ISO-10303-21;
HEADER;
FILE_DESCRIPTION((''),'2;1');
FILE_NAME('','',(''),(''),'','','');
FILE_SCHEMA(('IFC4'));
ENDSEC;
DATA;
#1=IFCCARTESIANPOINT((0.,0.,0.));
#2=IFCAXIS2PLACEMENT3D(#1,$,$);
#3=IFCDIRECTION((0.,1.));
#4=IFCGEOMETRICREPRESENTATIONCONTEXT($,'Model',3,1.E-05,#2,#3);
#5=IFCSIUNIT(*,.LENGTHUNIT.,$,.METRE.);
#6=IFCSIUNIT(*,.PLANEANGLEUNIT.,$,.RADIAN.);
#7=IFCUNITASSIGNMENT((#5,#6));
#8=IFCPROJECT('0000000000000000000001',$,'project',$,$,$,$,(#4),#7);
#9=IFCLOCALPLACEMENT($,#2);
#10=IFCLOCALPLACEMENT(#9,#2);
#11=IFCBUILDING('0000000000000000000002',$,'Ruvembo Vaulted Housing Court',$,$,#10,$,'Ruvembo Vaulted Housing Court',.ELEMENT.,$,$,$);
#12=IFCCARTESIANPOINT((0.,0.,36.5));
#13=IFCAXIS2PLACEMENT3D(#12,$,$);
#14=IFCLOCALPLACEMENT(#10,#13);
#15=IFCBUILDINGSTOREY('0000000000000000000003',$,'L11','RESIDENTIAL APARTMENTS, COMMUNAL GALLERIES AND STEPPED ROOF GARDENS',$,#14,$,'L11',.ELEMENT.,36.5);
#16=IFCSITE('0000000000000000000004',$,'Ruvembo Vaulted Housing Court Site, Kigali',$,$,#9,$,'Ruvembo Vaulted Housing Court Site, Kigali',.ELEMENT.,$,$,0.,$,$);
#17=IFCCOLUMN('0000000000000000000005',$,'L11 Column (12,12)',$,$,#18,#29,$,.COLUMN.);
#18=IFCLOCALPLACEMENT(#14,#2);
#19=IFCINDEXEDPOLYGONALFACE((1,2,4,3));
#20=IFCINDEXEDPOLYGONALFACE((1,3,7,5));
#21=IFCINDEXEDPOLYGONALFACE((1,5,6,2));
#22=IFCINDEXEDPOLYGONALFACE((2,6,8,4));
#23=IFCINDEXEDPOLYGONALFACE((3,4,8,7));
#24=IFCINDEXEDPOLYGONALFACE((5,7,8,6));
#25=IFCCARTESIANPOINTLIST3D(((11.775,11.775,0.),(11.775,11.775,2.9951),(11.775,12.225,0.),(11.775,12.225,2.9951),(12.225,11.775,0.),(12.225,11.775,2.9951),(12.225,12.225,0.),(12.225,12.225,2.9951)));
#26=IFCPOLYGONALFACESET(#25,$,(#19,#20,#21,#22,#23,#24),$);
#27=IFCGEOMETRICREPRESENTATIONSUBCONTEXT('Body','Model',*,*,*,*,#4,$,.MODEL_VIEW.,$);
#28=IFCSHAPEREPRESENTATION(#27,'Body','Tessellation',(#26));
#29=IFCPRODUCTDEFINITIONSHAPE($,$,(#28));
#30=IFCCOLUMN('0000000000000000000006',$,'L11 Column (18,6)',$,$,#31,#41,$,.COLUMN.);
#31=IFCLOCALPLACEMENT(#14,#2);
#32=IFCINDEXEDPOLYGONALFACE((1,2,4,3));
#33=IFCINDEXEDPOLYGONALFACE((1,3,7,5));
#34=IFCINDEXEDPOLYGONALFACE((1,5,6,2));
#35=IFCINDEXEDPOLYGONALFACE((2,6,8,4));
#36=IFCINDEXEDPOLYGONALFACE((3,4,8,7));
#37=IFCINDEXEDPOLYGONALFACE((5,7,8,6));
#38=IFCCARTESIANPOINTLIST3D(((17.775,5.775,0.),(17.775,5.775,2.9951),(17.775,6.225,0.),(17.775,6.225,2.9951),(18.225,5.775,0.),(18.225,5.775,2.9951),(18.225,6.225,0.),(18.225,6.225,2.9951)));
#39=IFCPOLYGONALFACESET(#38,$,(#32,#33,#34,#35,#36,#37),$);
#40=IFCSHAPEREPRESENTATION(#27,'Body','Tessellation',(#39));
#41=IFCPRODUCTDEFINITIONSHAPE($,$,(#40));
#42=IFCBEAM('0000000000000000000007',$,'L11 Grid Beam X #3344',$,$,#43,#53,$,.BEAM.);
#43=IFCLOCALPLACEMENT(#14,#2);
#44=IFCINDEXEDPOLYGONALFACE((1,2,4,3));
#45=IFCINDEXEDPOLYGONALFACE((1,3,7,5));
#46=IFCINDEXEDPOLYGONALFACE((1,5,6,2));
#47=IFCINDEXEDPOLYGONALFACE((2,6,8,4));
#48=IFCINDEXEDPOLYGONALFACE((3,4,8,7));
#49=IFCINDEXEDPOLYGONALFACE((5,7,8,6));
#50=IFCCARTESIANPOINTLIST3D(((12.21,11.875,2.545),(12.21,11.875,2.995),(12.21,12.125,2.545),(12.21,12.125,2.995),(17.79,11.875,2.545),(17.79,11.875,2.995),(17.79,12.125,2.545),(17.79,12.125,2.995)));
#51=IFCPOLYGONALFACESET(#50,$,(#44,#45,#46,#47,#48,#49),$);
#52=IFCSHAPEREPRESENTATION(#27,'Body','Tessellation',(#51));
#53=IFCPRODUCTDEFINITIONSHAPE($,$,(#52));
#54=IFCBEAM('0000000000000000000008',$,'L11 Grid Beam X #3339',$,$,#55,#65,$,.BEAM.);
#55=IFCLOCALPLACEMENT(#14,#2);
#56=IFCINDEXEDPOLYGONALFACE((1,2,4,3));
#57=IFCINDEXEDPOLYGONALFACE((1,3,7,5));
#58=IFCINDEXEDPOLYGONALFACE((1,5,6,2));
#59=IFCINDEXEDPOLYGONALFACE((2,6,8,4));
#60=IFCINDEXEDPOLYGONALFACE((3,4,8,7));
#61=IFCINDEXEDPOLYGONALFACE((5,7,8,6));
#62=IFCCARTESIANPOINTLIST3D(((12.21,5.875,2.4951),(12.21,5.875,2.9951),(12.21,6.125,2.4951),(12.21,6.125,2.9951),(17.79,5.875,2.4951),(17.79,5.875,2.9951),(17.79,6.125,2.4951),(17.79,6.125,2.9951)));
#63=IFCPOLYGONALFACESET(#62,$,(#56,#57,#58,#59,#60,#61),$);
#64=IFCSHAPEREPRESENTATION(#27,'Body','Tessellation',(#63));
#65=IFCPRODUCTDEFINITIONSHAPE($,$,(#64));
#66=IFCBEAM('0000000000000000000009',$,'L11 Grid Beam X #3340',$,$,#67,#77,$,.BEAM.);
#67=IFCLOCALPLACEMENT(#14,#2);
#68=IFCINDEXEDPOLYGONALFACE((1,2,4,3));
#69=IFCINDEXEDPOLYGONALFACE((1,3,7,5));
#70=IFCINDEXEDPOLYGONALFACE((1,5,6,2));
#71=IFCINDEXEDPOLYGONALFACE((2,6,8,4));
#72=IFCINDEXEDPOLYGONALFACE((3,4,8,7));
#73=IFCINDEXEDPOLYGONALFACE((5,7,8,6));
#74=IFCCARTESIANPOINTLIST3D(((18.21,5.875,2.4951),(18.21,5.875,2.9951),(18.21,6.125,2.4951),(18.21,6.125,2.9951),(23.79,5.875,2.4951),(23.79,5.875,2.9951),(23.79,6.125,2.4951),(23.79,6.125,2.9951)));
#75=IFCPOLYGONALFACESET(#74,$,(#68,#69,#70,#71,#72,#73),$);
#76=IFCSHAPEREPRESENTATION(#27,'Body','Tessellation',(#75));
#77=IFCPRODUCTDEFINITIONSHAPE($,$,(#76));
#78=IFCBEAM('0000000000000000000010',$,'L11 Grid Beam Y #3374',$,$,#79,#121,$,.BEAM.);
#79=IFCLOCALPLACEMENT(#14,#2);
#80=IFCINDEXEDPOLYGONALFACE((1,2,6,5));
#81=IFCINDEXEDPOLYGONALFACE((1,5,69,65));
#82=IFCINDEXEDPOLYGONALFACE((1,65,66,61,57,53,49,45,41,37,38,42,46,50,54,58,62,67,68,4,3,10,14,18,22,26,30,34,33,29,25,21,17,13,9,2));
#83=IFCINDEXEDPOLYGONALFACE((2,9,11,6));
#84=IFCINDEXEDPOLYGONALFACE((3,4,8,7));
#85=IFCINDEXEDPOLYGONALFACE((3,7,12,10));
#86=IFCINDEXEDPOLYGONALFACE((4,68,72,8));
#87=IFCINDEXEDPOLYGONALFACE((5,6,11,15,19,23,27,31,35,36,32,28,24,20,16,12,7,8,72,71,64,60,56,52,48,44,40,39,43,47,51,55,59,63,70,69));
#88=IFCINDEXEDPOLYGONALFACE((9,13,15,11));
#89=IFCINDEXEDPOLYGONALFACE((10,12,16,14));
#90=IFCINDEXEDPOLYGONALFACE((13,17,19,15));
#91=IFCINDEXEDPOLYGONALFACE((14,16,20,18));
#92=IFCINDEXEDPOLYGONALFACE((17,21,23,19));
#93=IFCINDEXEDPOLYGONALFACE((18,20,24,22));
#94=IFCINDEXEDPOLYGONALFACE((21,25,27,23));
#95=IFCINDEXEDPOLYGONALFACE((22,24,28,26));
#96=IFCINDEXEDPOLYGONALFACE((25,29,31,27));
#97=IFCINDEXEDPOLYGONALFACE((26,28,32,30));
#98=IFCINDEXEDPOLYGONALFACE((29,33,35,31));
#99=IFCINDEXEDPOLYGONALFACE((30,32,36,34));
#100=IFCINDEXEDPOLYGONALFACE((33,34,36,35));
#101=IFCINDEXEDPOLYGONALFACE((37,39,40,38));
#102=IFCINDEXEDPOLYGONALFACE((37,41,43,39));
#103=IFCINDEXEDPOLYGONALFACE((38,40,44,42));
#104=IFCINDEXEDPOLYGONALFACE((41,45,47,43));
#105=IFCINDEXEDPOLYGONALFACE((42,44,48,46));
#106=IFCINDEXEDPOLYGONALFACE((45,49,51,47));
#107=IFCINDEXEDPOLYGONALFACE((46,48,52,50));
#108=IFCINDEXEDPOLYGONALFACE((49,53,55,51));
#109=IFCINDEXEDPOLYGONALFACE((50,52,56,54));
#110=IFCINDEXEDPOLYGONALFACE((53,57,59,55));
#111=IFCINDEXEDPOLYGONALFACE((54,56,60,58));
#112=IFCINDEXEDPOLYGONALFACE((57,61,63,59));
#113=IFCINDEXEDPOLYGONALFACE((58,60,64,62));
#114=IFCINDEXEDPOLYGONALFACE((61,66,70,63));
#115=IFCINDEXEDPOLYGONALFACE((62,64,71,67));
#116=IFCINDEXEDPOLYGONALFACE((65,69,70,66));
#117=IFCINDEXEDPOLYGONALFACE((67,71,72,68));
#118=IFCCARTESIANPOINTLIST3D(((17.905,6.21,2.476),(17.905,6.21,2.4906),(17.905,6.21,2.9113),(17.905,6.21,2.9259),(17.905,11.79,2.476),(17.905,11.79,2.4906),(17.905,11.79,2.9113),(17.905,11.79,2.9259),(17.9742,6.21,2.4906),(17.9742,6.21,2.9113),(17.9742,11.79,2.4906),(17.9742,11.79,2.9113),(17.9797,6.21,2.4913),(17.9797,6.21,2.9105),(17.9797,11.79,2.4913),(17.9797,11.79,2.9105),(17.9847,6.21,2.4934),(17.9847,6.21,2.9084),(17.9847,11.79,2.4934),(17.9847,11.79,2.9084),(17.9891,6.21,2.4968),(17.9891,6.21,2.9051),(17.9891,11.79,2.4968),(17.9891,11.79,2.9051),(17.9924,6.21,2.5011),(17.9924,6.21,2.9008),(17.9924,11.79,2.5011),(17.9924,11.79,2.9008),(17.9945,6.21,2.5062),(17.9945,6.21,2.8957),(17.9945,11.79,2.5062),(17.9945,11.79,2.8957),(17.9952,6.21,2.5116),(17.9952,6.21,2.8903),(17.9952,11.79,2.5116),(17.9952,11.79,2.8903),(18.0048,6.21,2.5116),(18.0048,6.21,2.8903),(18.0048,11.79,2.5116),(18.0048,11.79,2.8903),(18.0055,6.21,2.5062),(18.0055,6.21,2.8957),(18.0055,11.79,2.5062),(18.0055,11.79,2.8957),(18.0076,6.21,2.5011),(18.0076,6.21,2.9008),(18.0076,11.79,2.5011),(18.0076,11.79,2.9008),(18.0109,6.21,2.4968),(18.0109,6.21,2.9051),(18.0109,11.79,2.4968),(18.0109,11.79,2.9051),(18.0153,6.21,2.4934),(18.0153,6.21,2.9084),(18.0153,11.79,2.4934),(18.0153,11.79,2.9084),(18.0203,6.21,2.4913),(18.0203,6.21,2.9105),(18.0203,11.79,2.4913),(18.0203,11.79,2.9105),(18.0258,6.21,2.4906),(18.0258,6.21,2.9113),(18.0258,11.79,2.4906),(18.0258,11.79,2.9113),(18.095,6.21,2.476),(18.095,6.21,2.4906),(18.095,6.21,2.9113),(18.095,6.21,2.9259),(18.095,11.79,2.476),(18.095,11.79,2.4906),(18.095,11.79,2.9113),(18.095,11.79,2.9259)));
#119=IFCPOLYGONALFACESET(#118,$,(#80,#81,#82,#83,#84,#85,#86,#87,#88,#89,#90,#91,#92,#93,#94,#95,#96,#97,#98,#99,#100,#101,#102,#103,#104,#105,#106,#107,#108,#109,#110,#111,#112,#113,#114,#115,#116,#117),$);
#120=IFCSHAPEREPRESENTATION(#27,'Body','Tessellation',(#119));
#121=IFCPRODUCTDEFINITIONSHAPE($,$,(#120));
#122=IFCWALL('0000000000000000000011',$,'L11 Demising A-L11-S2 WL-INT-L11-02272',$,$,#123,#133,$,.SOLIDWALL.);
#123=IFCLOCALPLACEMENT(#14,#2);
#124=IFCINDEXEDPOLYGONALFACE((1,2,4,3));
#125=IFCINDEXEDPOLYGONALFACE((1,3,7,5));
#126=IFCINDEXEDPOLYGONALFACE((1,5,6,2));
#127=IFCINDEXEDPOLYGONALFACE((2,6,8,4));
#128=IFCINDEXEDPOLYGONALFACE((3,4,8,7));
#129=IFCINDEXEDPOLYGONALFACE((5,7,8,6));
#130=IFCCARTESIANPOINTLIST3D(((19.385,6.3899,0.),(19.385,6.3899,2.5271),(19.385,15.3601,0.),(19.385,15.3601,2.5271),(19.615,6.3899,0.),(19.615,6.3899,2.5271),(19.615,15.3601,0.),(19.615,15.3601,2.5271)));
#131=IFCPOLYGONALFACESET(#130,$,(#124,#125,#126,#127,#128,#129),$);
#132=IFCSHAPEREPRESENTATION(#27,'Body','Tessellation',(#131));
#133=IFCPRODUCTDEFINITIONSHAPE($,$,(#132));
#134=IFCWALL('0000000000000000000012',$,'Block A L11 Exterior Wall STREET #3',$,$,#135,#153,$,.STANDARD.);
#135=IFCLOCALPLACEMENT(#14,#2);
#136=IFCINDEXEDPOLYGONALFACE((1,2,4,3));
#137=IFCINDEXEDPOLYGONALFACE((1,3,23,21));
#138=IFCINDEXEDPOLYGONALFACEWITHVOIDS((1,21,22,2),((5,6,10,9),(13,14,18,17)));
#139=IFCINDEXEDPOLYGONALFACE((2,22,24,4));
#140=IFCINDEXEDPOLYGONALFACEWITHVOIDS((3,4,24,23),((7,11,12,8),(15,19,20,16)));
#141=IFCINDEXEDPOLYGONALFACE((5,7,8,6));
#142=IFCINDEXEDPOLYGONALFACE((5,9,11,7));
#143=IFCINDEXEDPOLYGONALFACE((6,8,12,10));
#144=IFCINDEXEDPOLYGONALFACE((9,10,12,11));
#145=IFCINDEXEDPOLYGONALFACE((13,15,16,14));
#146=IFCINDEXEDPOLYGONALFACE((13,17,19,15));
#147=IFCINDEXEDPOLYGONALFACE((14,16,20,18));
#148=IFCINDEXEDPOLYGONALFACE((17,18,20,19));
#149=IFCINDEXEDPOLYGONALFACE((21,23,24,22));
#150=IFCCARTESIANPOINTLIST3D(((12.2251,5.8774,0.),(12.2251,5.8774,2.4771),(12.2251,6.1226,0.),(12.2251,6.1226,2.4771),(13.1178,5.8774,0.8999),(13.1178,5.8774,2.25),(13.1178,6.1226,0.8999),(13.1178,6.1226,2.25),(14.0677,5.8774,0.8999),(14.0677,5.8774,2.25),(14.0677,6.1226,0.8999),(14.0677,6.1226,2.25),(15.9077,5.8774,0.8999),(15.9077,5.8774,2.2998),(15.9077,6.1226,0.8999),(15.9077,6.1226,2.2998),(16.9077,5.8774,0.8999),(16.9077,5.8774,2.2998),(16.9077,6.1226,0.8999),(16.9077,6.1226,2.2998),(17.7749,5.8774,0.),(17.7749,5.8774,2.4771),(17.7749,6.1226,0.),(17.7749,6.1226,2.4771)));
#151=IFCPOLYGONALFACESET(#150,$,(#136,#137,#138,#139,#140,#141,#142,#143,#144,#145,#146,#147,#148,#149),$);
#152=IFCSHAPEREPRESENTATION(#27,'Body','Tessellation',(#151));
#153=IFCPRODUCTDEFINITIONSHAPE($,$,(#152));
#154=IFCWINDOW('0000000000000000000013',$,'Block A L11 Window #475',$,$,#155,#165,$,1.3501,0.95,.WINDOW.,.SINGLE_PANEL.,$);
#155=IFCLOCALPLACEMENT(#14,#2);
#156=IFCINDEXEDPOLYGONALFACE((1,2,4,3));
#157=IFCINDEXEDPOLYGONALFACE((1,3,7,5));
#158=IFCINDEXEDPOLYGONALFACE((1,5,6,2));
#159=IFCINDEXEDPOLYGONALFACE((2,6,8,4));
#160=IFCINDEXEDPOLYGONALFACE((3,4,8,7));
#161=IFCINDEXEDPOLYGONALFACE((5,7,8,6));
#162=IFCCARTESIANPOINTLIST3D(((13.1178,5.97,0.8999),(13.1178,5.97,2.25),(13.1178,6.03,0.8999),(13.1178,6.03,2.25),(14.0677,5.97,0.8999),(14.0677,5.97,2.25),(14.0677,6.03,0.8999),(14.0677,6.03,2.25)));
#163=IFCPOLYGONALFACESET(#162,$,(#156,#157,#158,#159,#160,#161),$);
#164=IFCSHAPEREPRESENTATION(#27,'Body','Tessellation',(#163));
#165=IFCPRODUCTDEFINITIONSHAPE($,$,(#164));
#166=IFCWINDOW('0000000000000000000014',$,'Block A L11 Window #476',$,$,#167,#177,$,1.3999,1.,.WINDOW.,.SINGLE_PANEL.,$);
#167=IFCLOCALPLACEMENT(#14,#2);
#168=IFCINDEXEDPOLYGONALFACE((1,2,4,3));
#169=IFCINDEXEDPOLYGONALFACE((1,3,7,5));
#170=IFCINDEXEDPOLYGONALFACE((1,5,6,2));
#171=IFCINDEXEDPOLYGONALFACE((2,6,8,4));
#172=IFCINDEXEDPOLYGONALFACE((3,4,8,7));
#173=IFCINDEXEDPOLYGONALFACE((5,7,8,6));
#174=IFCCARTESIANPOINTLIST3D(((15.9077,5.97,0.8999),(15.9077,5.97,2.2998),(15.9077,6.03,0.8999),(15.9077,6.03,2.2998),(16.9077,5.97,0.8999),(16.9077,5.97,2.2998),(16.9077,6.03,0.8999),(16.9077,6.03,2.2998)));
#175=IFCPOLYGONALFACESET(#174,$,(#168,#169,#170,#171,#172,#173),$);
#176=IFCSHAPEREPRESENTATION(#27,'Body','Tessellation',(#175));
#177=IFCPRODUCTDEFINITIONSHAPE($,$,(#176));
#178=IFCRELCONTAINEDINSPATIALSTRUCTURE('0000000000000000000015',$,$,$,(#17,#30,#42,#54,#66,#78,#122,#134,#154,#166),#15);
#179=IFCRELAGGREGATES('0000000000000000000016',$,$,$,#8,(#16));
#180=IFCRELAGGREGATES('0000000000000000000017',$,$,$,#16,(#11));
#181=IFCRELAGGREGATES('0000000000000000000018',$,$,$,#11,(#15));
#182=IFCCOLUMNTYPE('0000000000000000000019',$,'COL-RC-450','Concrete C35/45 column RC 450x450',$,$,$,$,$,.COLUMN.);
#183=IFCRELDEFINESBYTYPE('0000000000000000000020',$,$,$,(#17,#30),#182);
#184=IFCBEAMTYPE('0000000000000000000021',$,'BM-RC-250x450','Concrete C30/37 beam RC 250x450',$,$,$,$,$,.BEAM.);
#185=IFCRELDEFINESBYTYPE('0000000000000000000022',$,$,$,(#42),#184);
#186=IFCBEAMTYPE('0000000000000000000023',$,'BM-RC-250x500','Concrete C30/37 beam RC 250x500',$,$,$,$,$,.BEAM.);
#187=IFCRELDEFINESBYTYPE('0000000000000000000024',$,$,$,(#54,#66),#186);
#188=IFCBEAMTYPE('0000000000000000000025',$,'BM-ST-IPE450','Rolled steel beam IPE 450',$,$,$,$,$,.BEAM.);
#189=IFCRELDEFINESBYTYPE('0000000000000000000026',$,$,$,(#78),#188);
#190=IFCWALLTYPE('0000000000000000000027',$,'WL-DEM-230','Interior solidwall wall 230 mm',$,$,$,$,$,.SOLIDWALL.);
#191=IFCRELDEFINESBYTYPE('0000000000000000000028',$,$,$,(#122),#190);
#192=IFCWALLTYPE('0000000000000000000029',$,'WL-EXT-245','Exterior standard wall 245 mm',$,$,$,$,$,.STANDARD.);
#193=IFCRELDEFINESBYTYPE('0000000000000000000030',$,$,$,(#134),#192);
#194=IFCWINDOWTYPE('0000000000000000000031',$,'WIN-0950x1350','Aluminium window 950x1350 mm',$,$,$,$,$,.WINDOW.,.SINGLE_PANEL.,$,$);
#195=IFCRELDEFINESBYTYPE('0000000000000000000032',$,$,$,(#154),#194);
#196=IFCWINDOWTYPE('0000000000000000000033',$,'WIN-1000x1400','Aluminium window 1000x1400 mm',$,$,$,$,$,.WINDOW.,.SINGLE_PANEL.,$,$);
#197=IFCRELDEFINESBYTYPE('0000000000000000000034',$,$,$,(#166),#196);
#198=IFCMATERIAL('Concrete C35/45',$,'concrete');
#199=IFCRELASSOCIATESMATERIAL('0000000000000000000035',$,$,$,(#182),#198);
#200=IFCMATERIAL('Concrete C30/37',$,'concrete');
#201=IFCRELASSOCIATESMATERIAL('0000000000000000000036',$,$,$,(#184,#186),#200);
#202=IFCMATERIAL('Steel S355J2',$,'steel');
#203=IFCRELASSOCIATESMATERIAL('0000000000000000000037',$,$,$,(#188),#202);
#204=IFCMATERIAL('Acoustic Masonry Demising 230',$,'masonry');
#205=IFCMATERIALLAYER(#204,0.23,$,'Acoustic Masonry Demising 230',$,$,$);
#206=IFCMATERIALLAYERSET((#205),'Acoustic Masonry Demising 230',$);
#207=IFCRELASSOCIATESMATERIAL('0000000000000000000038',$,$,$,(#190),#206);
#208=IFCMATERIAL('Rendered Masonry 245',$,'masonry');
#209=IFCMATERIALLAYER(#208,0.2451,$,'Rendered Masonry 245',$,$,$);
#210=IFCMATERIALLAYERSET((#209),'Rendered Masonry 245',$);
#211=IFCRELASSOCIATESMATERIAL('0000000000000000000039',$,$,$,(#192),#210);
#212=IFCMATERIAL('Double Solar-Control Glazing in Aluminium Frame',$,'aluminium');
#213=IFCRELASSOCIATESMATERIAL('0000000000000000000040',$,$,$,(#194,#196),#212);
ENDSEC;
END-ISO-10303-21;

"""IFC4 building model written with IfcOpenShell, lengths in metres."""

from ifc_helpers import new_model, si_unit, direction, frame, frame_2d, origin, origin_2d, place, context, subcontext, project, spatial, rectangle, i_section, extrude, material, layer, layer_set, material_profile, profile_set, type_object, element, fill, save


model = new_model("IFC4")

# Units and contexts
model_context = context("Model", 3, precision=1e-05, world=origin(), true_north=direction((0.0, 1.0)))
body_context = subcontext(model_context, "Body", "Model", "MODEL_VIEW")
ifc_project = project(units=[si_unit("LENGTHUNIT", "METRE"), si_unit("PLANEANGLEUNIT", "RADIAN")], contexts=[model_context])

# Site, building, storey
site_placement = place(None, origin())
site = spatial("IfcSite", under=ifc_project, at=site_placement, Name="Ruvembo Vaulted Housing Court Site, Kigali", LongName="Ruvembo Vaulted Housing Court Site, Kigali", CompositionType="ELEMENT", RefElevation=0.0)
building_placement = place(site_placement, origin())
building = spatial("IfcBuilding", under=site, at=building_placement, Name="Ruvembo Vaulted Housing Court", LongName="Ruvembo Vaulted Housing Court", CompositionType="ELEMENT")
storey_placement = place(building_placement, frame((0.0, 0.0, 36.5)))
storey = spatial("IfcBuildingStorey", under=building, at=storey_placement, Name="L11", Description="RESIDENTIAL APARTMENTS, COMMUNAL GALLERIES AND STEPPED ROOF GARDENS", LongName="L11", CompositionType="ELEMENT", Elevation=36.5)

# Columns
ifc_material_1 = material(Name="Concrete C35/45", Category="concrete")
ifc_material_profile_1 = material_profile(ifc_material_1, rectangle(XDim=0.45, YDim=0.45, at=origin_2d()), Name="RC 450x450")
ifc_profile_set_1 = profile_set([ifc_material_profile_1], Name="Concrete C35/45")
column_type = type_object("IfcColumnType", Name="COL-RC-450", Description="Concrete C35/45 column RC 450x450", PredefinedType="COLUMN", material=ifc_profile_set_1)
for number, where, z_axis, x_axis, name in (
    (1, (12.0, 12.0, 0.0), (0.0, 0.0, 1.0), (1.0, 0.0, 0.0), "L11 Column (12,12)"),
    (2, (18.0, 6.0, 0.0), (0.0, 0.0, 1.0), (1.0, 0.0, 0.0), "L11 Column (18,6)"),
):
    element("IfcColumn", number, at=place(storey_placement, frame(where, z_axis=z_axis, x_axis=x_axis)), inside=storey, type_object=column_type, Name=name, PredefinedType="COLUMN", context=body_context, shape_type="SweptSolid", body=[
        extrude(rectangle(XDim=0.45, YDim=0.45, at=origin_2d()), origin(), (0.0, 0.0, 1.0), 2.9951),
    ])

# Beams
ifc_material_2 = material(Name="Concrete C30/37", Category="concrete")
ifc_material_profile_2 = material_profile(ifc_material_2, rectangle(XDim=0.25, YDim=0.45, at=origin_2d()), Name="RC 250x450")
ifc_profile_set_2 = profile_set([ifc_material_profile_2], Name="Concrete C30/37")
beam_type_1 = type_object("IfcBeamType", Name="BM-RC-250x450", Description="Concrete C30/37 beam RC 250x450", PredefinedType="BEAM", material=ifc_profile_set_2)
beam_1_placement = place(storey_placement, frame((12.21, 12.0, 2.77), z_axis=(1.0, 0.0, 0.0), x_axis=(0.0, 1.0, 0.0)))
element("IfcBeam", 3, at=beam_1_placement, inside=storey, type_object=beam_type_1, Name="L11 Grid Beam X #3344", PredefinedType="BEAM", context=body_context, shape_type="SweptSolid", body=[
    extrude(rectangle(XDim=0.25, YDim=0.45, at=origin_2d()), origin(), (0.0, 0.0, 1.0), 5.5801),
])
ifc_material_profile_3 = material_profile(ifc_material_2, rectangle(XDim=0.25, YDim=0.5, at=origin_2d()), Name="RC 250x500")
ifc_profile_set_3 = profile_set([ifc_material_profile_3], Name="Concrete C30/37")
beam_type_2 = type_object("IfcBeamType", Name="BM-RC-250x500", Description="Concrete C30/37 beam RC 250x500", PredefinedType="BEAM", material=ifc_profile_set_3)
for number, where, z_axis, x_axis, name in (
    (4, (12.21, 6.0, 2.7451), (1.0, 0.0, 0.0), (0.0, 1.0, 0.0), "L11 Grid Beam X #3339"),
    (5, (18.21, 6.0, 2.7451), (1.0, 0.0, 0.0), (0.0, 1.0, 0.0), "L11 Grid Beam X #3340"),
):
    element("IfcBeam", number, at=place(storey_placement, frame(where, z_axis=z_axis, x_axis=x_axis)), inside=storey, type_object=beam_type_2, Name=name, PredefinedType="BEAM", context=body_context, shape_type="SweptSolid", body=[
        extrude(rectangle(XDim=0.25, YDim=0.5, at=origin_2d()), origin(), (0.0, 0.0, 1.0), 5.5801),
    ])
ifc_material_3 = material(Name="Steel S355J2", Category="steel")
ifc_material_profile_4 = material_profile(ifc_material_3, i_section(OverallWidth=0.1899, OverallDepth=0.45, WebThickness=0.0095, FlangeThickness=0.0146, FilletRadius=0.021, at=origin_2d()), Name="IPE 450")
ifc_profile_set_4 = profile_set([ifc_material_profile_4], Name="Steel S355J2")
beam_type_3 = type_object("IfcBeamType", Name="BM-ST-IPE450", Description="Rolled steel beam IPE 450", PredefinedType="BEAM", material=ifc_profile_set_4)
beam_2_placement = place(storey_placement, frame((18.0, 6.21, 2.7009), z_axis=(0.0, 1.0, 0.0), x_axis=(-1.0, 0.0, 0.0)))
element("IfcBeam", 6, at=beam_2_placement, inside=storey, type_object=beam_type_3, Name="L11 Grid Beam Y #3374", PredefinedType="BEAM", context=body_context, shape_type="SweptSolid", body=[
    extrude(i_section(OverallWidth=0.1899, OverallDepth=0.45, WebThickness=0.0095, FlangeThickness=0.0146, FilletRadius=0.021, at=origin_2d()), origin(), (0.0, 0.0, 1.0), 5.5801),
])

# Wall
ifc_material_4 = material(Name="Acoustic Masonry Demising 230", Category="masonry")
ifc_layer_1 = layer(ifc_material_4, 0.23, Name="Acoustic Masonry Demising 230")
ifc_layer_set_1 = layer_set([ifc_layer_1], Name="Acoustic Masonry Demising 230")
wall_type_1 = type_object("IfcWallType", Name="WL-DEM-230", Description="Interior solidwall wall 230 mm", PredefinedType="SOLIDWALL", material=ifc_layer_set_1)
wall_1_placement = place(storey_placement, frame((19.5, 6.3899, 0.0), z_axis=(0.0, 0.0, 1.0), x_axis=(0.0, 1.0, 0.0)))
element("IfcWall", 7, at=wall_1_placement, inside=storey, type_object=wall_type_1, Name="L11 Demising A-L11-S2 WL-INT-L11-02272", PredefinedType="SOLIDWALL", context=body_context, shape_type="SweptSolid", body=[
    extrude(rectangle(XDim=8.9702, YDim=0.23, at=frame_2d((4.4851, 0.0))), origin(), (0.0, 0.0, 1.0), 2.5271),
])

# Wall, openings, windows
ifc_material_5 = material(Name="Rendered Masonry 245", Category="masonry")
ifc_layer_2 = layer(ifc_material_5, 0.2451, Name="Rendered Masonry 245")
ifc_layer_set_2 = layer_set([ifc_layer_2], Name="Rendered Masonry 245")
wall_type_2 = type_object("IfcWallType", Name="WL-EXT-245", Description="Exterior standard wall 245 mm", PredefinedType="STANDARD", material=ifc_layer_set_2)
wall_2_placement = place(storey_placement, frame((12.2251, 6.0, 0.0), z_axis=(0.0, 0.0, 1.0), x_axis=(1.0, 0.0, 0.0)))
wall_2 = element("IfcWall", 8, at=wall_2_placement, inside=storey, type_object=wall_type_2, Name="Block A L11 Exterior Wall STREET #3", PredefinedType="STANDARD", context=body_context, shape_type="SweptSolid", body=[
    extrude(rectangle(XDim=5.5498, YDim=0.2451, at=frame_2d((2.7749, 0.0))), origin(), (0.0, 0.0, 1.0), 2.4771),
])
opening_1_placement = place(wall_2_placement, frame((0.8926, 0.0, 0.8999)))
opening_1 = element("IfcOpeningElement", 9, at=opening_1_placement, cuts=wall_2, PredefinedType="OPENING", context=body_context, shape_type="SweptSolid", body=[
    extrude(rectangle(XDim=0.95, YDim=1.3501, at=frame_2d((0.4751, 0.675))), frame((0.0, 0.1326, 0.0), z_axis=(0.0, -1.0, 0.0), x_axis=(1.0, 0.0, 0.0)), (0.0, 0.0, 1.0), 0.2651),
])
opening_2_placement = place(wall_2_placement, frame((3.6826, 0.0, 0.8999)))
opening_2 = element("IfcOpeningElement", 10, at=opening_2_placement, cuts=wall_2, PredefinedType="OPENING", context=body_context, shape_type="SweptSolid", body=[
    extrude(rectangle(XDim=1.0, YDim=1.3999, at=frame_2d((0.5, 0.7))), frame((0.0, 0.1326, 0.0), z_axis=(0.0, -1.0, 0.0), x_axis=(1.0, 0.0, 0.0)), (0.0, 0.0, 1.0), 0.2651),
])
ifc_material_6 = material(Name="Double Solar-Control Glazing in Aluminium Frame", Category="aluminium")
window_type_1 = type_object("IfcWindowType", Name="WIN-0950x1350", Description="Aluminium window 950x1350 mm", PartitioningType="SINGLE_PANEL", PredefinedType="WINDOW", material=ifc_material_6)
window_1_placement = place(opening_1_placement, origin())
window_1 = element("IfcWindow", 11, at=window_1_placement, inside=storey, type_object=window_type_1, Name="Block A L11 Window #475", OverallHeight=1.3501, OverallWidth=0.95, PartitioningType="SINGLE_PANEL", PredefinedType="WINDOW", context=body_context, shape_type="SweptSolid", body=[
    extrude(rectangle(XDim=0.95, YDim=1.3501, at=frame_2d((0.4751, 0.675))), frame((0.0, 0.03, 0.0), z_axis=(0.0, -1.0, 0.0), x_axis=(1.0, 0.0, 0.0)), (0.0, 0.0, 1.0), 0.0601),
])
fill(opening_1, window_1)
window_type_2 = type_object("IfcWindowType", Name="WIN-1000x1400", Description="Aluminium window 1000x1400 mm", PartitioningType="SINGLE_PANEL", PredefinedType="WINDOW", material=ifc_material_6)
window_2_placement = place(opening_2_placement, origin())
window_2 = element("IfcWindow", 12, at=window_2_placement, inside=storey, type_object=window_type_2, Name="Block A L11 Window #476", OverallHeight=1.3999, OverallWidth=1.0, PartitioningType="SINGLE_PANEL", PredefinedType="WINDOW", context=body_context, shape_type="SweptSolid", body=[
    extrude(rectangle(XDim=1.0, YDim=1.3999, at=frame_2d((0.5, 0.7))), frame((0.0, 0.03, 0.0), z_axis=(0.0, -1.0, 0.0), x_axis=(1.0, 0.0, 0.0)), (0.0, 0.0, 1.0), 0.0601),
])
fill(opening_2, window_2)

save(model, "model.ifc")
